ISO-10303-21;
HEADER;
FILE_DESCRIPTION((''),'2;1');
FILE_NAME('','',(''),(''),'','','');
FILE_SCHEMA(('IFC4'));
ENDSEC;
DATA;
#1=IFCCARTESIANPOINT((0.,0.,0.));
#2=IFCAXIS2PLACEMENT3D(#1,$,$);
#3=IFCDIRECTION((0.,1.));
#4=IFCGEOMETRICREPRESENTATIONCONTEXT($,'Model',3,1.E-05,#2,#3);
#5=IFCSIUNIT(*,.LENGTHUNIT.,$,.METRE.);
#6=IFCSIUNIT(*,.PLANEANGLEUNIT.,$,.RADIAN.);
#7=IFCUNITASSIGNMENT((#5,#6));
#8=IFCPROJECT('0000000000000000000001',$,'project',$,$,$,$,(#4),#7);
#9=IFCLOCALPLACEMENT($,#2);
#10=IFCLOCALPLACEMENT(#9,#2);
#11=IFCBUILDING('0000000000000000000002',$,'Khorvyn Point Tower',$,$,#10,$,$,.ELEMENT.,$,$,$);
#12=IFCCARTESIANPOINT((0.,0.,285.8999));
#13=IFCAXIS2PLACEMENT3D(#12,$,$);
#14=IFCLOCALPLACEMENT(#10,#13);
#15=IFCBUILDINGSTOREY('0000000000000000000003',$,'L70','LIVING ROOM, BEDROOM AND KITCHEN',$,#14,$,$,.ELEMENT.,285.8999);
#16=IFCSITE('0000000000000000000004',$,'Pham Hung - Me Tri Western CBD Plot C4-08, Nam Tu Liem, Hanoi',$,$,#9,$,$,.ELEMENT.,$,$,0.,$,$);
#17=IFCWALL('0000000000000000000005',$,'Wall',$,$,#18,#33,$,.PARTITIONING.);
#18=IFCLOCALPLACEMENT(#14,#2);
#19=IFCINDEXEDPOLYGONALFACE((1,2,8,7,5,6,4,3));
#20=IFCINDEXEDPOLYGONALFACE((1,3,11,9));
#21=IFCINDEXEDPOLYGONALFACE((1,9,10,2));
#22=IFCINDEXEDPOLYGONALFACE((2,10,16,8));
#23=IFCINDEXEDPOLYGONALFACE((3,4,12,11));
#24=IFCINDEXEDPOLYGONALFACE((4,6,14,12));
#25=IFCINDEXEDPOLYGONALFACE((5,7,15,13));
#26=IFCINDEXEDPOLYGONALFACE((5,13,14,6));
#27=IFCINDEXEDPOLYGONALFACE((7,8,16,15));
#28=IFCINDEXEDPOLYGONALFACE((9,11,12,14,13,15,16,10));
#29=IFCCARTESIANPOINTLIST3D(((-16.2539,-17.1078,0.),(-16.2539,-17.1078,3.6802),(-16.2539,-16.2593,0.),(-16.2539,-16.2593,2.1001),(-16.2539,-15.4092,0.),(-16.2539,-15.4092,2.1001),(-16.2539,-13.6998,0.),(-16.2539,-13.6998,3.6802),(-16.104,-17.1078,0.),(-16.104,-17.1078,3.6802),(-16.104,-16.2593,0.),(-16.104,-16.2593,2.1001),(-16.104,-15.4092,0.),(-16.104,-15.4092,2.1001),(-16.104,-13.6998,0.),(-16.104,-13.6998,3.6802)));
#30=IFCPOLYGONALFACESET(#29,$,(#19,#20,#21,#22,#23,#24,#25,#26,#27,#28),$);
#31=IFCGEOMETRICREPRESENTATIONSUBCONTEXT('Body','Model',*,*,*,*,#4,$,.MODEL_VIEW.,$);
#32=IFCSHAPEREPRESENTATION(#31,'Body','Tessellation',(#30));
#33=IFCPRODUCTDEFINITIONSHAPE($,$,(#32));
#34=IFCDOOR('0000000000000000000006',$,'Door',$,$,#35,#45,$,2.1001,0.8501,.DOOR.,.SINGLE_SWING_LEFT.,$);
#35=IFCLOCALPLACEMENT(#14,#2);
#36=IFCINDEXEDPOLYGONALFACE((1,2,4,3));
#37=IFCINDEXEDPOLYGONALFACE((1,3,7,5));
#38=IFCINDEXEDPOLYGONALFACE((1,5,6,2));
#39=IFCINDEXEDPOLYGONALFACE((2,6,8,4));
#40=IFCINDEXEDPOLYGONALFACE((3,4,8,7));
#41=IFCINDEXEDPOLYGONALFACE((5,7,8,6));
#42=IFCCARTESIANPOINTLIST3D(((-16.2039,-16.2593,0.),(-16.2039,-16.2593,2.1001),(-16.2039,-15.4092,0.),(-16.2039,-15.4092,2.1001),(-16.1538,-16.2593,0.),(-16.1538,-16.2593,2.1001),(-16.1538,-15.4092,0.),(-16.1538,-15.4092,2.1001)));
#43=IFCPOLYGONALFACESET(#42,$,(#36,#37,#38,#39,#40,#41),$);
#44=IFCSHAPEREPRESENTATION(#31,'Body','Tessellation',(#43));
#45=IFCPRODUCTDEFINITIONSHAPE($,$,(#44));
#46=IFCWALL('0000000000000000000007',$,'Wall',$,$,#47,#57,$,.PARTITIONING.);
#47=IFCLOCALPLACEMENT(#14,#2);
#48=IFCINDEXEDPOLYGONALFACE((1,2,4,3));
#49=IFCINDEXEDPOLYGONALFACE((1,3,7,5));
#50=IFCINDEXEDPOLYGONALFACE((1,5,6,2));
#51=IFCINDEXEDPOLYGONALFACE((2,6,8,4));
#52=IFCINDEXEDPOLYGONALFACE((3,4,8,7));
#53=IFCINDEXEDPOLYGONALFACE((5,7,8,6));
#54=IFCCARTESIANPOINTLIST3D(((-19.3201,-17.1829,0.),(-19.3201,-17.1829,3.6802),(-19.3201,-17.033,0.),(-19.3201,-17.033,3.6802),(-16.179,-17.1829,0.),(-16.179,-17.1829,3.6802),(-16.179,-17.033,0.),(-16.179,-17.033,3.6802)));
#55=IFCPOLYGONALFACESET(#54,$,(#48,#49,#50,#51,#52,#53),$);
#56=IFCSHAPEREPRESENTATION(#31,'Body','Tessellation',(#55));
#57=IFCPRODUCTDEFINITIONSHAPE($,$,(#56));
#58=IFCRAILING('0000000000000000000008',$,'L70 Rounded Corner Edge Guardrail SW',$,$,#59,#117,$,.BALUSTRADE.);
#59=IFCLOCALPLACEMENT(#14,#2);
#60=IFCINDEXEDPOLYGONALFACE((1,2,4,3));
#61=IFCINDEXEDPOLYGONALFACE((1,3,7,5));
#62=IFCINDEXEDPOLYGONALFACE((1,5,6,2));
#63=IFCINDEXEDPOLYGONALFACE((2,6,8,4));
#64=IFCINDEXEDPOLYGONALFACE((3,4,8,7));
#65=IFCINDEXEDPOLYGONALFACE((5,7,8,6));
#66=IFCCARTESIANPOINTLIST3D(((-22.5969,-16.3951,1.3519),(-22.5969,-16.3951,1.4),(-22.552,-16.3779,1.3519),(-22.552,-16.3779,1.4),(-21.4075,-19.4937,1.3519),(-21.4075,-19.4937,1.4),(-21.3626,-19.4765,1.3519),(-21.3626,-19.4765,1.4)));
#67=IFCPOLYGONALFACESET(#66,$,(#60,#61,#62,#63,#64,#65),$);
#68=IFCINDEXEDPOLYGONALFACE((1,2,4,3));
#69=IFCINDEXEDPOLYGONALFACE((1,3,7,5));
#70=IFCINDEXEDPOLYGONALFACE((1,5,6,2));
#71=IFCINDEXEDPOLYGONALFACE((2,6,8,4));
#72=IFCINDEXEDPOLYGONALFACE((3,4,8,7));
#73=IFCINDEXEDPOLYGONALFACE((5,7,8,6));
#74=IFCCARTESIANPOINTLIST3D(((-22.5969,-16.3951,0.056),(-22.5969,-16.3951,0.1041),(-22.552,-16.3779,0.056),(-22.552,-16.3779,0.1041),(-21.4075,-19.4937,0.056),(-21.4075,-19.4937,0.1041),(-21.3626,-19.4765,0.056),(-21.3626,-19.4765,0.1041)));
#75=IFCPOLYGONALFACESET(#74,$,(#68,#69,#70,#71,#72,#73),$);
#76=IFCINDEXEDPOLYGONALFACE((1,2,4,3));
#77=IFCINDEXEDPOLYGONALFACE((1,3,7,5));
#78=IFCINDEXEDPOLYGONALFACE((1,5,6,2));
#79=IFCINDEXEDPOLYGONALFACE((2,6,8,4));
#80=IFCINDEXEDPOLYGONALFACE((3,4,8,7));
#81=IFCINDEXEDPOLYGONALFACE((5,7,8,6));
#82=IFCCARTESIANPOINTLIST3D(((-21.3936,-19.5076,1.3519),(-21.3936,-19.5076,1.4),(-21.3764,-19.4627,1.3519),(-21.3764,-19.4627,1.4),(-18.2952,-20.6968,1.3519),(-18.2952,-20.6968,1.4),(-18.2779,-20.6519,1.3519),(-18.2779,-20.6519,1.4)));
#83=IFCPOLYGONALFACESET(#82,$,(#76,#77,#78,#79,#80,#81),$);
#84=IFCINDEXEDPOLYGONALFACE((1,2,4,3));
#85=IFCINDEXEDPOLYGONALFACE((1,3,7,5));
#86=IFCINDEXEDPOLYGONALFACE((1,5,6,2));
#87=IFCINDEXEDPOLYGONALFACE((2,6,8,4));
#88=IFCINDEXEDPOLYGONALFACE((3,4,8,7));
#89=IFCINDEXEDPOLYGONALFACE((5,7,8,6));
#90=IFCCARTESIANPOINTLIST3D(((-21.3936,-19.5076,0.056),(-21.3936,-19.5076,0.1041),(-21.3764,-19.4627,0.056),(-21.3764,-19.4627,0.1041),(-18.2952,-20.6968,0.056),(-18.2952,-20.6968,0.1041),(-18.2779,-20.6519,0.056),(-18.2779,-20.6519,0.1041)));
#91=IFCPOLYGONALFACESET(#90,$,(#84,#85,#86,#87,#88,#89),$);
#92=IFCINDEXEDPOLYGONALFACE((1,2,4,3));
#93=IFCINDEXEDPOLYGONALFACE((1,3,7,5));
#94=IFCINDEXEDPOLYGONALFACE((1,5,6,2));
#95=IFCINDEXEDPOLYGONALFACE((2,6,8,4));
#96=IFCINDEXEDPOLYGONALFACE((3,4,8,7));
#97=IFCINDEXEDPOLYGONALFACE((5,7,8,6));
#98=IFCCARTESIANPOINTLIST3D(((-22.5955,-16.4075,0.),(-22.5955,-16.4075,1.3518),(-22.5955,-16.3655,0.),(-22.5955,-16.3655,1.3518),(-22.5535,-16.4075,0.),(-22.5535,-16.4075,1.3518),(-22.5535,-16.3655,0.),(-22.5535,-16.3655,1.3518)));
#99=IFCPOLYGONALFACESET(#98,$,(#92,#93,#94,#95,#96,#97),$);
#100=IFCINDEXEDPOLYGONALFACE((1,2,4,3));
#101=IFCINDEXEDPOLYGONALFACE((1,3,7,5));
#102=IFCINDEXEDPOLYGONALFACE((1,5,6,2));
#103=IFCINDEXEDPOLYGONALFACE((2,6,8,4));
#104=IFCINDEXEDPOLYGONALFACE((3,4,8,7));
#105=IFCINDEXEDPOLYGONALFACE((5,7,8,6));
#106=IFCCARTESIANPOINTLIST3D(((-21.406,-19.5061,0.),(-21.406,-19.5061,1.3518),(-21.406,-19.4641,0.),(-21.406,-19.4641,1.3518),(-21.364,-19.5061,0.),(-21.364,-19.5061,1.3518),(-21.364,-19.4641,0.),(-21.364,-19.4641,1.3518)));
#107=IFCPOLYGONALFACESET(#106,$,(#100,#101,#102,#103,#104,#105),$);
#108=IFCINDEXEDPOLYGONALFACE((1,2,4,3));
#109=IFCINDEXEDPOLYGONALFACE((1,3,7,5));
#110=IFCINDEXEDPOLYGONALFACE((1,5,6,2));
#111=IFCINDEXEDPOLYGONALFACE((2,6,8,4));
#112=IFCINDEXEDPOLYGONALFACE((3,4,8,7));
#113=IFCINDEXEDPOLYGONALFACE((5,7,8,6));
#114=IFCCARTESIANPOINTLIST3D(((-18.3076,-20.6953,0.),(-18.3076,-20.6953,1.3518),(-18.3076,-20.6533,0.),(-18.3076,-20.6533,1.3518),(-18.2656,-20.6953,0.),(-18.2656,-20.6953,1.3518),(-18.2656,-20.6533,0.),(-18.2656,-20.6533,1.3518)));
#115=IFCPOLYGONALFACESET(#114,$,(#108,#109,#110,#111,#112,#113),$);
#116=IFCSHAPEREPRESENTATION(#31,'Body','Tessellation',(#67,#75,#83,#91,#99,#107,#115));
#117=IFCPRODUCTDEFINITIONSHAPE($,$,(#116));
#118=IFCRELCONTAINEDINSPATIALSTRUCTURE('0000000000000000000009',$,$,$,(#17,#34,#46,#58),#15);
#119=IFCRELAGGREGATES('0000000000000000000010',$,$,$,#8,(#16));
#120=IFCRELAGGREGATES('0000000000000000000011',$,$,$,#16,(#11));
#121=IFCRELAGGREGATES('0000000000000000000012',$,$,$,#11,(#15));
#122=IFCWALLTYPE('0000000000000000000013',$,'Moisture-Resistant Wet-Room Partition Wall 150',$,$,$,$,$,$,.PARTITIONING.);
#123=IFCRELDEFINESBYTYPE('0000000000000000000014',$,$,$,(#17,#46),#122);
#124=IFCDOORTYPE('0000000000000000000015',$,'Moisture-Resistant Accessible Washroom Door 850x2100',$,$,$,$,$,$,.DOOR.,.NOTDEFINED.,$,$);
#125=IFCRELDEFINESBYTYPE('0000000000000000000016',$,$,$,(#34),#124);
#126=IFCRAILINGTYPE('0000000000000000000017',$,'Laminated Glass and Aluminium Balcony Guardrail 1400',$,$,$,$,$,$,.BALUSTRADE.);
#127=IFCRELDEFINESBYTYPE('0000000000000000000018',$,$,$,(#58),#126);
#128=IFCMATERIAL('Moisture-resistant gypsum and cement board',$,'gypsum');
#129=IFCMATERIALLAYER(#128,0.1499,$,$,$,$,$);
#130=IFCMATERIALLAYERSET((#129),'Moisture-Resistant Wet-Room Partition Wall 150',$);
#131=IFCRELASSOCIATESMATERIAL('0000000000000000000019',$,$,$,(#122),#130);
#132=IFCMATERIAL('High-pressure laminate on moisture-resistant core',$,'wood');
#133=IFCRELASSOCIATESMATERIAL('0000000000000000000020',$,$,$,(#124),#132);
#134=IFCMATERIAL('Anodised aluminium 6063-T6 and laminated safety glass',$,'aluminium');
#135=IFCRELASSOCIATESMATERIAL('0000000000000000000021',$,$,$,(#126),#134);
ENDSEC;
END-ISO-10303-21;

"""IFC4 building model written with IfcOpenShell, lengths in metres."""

from ifc_helpers import new_model, si_unit, direction, frame, frame_2d, origin, origin_2d, place, context, subcontext, project, spatial, rectangle, extrude, material, layer, layer_set, type_object, element, fill, save


model = new_model("IFC4")

# Units and contexts
model_context = context("Model", 3, precision=1e-05, world=origin(), true_north=direction((0.0, 1.0)))
body_context = subcontext(model_context, "Body", "Model", "MODEL_VIEW")
ifc_project = project(units=[si_unit("LENGTHUNIT", "METRE"), si_unit("PLANEANGLEUNIT", "RADIAN")], contexts=[model_context])

# Site, building, storey
site_placement = place(None, origin())
site = spatial("IfcSite", under=ifc_project, at=site_placement, Name="Pham Hung - Me Tri Western CBD Plot C4-08, Nam Tu Liem, Hanoi", CompositionType="ELEMENT", RefElevation=0.0)
building_placement = place(site_placement, origin())
building = spatial("IfcBuilding", under=site, at=building_placement, Name="Khorvyn Point Tower", CompositionType="ELEMENT")
storey_placement = place(building_placement, frame((0.0, 0.0, 285.8999)))
storey = spatial("IfcBuildingStorey", under=building, at=storey_placement, Name="L70", Description="LIVING ROOM, BEDROOM AND KITCHEN", CompositionType="ELEMENT", Elevation=285.8999)

# Wall, opening, door
ifc_material_1 = material(Name="Moisture-resistant gypsum and cement board", Category="gypsum")
ifc_layer_1 = layer(ifc_material_1, 0.1499)
ifc_layer_set_1 = layer_set([ifc_layer_1], Name="Moisture-Resistant Wet-Room Partition Wall 150")
wall_type_1 = type_object("IfcWallType", Name="Moisture-Resistant Wet-Room Partition Wall 150", PredefinedType="PARTITIONING", material=ifc_layer_set_1)
wall_1_placement = place(storey_placement, frame((-16.179, -17.1079, 0.0), z_axis=(0.0, 0.0, 1.0), x_axis=(0.0, 1.0, 0.0)))
wall_1 = element("IfcWall", 1, at=wall_1_placement, inside=storey, type_object=wall_type_1, Name="Wall", PredefinedType="PARTITIONING", context=body_context, shape_type="SweptSolid", body=[
    extrude(rectangle(XDim=3.408, YDim=0.1499, at=frame_2d((1.7041, 0.0))), origin(), (0.0, 0.0, 1.0), 3.6802),
])
opening_1_placement = place(wall_1_placement, frame((0.8486, 0.0, 0.0)))
opening_1 = element("IfcOpeningElement", 2, at=opening_1_placement, cuts=wall_1, PredefinedType="OPENING", context=body_context, shape_type="SweptSolid", body=[
    extrude(rectangle(XDim=0.8501, YDim=2.1001, at=frame_2d((0.425, 1.05))), frame((0.0, 0.085, 0.0), z_axis=(0.0, -1.0, 0.0), x_axis=(1.0, 0.0, 0.0)), (0.0, 0.0, 1.0), 0.1699),
])
ifc_material_2 = material(Name="High-pressure laminate on moisture-resistant core", Category="wood")
door_type_1 = type_object("IfcDoorType", Name="Moisture-Resistant Accessible Washroom Door 850x2100", OperationType="NOTDEFINED", PredefinedType="DOOR", material=ifc_material_2)
door_1_placement = place(opening_1_placement, origin())
door_1 = element("IfcDoor", 3, at=door_1_placement, inside=storey, type_object=door_type_1, Name="Door", OperationType="SINGLE_SWING_LEFT", OverallHeight=2.1001, OverallWidth=0.8501, PredefinedType="DOOR", context=body_context, shape_type="SweptSolid", body=[
    extrude(rectangle(XDim=0.8501, YDim=2.1001, at=frame_2d((0.425, 1.05))), frame((0.0, 0.0249, 0.0), z_axis=(0.0, -1.0, 0.0), x_axis=(1.0, 0.0, 0.0)), (0.0, 0.0, 1.0), 0.05),
])
fill(opening_1, door_1)

# Wall
wall_2_placement = place(storey_placement, frame((-19.3201, -17.1079, 0.0), z_axis=(0.0, 0.0, 1.0), x_axis=(1.0, 0.0, 0.0)))
element("IfcWall", 4, at=wall_2_placement, inside=storey, type_object=wall_type_1, Name="Wall", PredefinedType="PARTITIONING", context=body_context, shape_type="SweptSolid", body=[
    extrude(rectangle(XDim=3.1411, YDim=0.1499, at=frame_2d((1.5706, 0.0))), origin(), (0.0, 0.0, 1.0), 3.6802),
])

# Railing
ifc_material_3 = material(Name="Anodised aluminium 6063-T6 and laminated safety glass", Category="aluminium")
railing_type = type_object("IfcRailingType", Name="Laminated Glass and Aluminium Balcony Guardrail 1400", PredefinedType="BALUSTRADE", material=ifc_material_3)
railing_1_placement = place(storey_placement, frame((-22.5745, -16.3865, 0.0)))
element("IfcRailing", 5, at=railing_1_placement, inside=storey, type_object=railing_type, Name="L70 Rounded Corner Edge Guardrail SW", PredefinedType="BALUSTRADE", context=body_context, shape_type="SweptSolid", body=[
    extrude(rectangle(XDim=0.0481, YDim=0.0481, at=origin_2d()), frame((0.0, 0.0, 1.376), z_axis=(0.358368, -0.93358, 0.0), x_axis=(0.93358, 0.358368, 0.0)), (0.0, 0.0, 1.0), 3.3191),
    extrude(rectangle(XDim=0.0481, YDim=0.0481, at=origin_2d()), frame((0.0, 0.0, 0.0801), z_axis=(0.358368, -0.93358, 0.0), x_axis=(0.93358, 0.358368, 0.0)), (0.0, 0.0, 1.0), 3.3191),
    extrude(rectangle(XDim=0.0481, YDim=0.0481, at=origin_2d()), frame((1.1895, -3.0986, 1.376), z_axis=(0.933596, -0.358328, 0.0), x_axis=(0.358328, 0.933596, 0.0)), (0.0, 0.0, 1.0), 3.3188),
    extrude(rectangle(XDim=0.0481, YDim=0.0481, at=origin_2d()), frame((1.1895, -3.0986, 0.0801), z_axis=(0.933596, -0.358328, 0.0), x_axis=(0.358328, 0.933596, 0.0)), (0.0, 0.0, 1.0), 3.3188),
    extrude(rectangle(XDim=0.042, YDim=0.042, at=origin_2d()), origin(), (0.0, 0.0, 1.0), 1.3518),
    extrude(rectangle(XDim=0.042, YDim=0.042, at=origin_2d()), frame((1.1895, -3.0986, 0.0)), (0.0, 0.0, 1.0), 1.3518),
    extrude(rectangle(XDim=0.042, YDim=0.042, at=origin_2d()), frame((4.2878, -4.2878, 0.0)), (0.0, 0.0, 1.0), 1.3518),
])

save(model, "model.ifc")
